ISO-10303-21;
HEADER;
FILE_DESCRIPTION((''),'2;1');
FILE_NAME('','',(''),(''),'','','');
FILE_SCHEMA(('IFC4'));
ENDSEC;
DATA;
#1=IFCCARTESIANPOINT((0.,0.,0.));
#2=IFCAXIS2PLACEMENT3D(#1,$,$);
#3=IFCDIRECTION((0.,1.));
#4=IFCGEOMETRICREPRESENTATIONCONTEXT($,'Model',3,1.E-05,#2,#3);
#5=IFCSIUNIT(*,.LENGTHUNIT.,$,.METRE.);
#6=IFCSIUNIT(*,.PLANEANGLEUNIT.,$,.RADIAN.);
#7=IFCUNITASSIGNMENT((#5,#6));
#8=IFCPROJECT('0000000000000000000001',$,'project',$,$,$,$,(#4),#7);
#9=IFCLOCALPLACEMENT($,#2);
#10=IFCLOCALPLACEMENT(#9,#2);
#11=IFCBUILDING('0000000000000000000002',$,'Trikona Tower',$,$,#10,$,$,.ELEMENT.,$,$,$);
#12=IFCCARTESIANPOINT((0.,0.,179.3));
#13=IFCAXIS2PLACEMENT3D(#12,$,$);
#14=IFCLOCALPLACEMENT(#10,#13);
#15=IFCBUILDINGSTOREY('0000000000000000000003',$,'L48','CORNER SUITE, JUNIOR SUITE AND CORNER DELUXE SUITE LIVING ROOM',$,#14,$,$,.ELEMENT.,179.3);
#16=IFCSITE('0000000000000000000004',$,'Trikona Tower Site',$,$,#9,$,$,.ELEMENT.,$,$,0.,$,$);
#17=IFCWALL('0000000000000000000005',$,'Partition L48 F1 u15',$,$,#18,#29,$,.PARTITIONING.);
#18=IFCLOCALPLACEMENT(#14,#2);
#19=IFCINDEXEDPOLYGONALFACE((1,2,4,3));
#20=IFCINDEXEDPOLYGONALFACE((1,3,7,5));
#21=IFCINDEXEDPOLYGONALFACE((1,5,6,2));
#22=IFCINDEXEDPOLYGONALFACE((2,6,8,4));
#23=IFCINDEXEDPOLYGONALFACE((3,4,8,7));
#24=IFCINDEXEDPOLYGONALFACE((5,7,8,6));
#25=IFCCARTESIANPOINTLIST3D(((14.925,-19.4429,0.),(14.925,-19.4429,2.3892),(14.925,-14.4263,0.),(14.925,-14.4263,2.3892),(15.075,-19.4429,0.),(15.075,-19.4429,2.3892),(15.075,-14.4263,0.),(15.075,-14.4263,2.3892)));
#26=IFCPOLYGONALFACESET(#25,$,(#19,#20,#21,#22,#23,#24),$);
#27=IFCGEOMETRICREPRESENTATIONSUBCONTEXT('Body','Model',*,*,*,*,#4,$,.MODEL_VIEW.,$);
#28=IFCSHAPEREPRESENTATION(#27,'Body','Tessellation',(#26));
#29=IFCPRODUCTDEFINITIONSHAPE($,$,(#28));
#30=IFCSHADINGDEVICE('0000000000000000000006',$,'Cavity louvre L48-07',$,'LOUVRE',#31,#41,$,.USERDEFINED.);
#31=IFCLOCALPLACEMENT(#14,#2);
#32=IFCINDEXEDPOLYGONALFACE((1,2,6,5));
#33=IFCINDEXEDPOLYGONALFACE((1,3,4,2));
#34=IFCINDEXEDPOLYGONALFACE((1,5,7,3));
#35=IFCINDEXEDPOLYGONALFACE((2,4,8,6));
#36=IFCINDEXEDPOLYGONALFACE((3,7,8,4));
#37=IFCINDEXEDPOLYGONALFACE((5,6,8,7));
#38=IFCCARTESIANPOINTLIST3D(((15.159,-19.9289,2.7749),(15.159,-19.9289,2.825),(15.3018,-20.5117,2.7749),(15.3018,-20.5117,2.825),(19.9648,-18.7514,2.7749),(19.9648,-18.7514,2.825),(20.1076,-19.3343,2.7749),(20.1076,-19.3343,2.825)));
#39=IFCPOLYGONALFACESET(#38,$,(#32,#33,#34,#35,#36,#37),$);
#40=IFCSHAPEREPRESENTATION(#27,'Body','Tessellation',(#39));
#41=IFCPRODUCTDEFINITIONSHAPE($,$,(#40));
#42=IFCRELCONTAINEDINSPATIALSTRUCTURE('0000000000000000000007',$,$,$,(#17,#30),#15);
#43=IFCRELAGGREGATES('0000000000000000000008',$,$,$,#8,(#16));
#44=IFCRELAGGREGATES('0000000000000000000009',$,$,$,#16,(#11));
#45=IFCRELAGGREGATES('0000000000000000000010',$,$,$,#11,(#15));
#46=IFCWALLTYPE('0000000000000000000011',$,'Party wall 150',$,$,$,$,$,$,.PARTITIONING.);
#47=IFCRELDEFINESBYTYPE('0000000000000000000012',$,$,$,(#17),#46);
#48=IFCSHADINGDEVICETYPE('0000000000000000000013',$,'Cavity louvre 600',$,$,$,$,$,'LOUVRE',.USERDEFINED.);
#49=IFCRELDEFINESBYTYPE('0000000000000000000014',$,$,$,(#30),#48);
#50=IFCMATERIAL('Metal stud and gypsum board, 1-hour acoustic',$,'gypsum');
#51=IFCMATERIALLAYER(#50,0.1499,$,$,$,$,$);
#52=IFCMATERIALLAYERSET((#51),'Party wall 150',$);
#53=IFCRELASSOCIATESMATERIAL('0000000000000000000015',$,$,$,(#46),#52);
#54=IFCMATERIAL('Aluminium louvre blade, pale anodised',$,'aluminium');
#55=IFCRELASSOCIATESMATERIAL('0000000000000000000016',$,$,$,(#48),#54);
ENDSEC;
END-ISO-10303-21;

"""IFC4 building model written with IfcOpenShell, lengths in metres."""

from ifc_helpers import new_model, si_unit, direction, frame, frame_2d, origin, origin_2d, place, context, subcontext, project, spatial, rectangle, extrude, material, layer, layer_set, type_object, element, save


model = new_model("IFC4")

# Units and contexts
model_context = context("Model", 3, precision=1e-05, world=origin(), true_north=direction((0.0, 1.0)))
body_context = subcontext(model_context, "Body", "Model", "MODEL_VIEW")
ifc_project = project(units=[si_unit("LENGTHUNIT", "METRE"), si_unit("PLANEANGLEUNIT", "RADIAN")], contexts=[model_context])

# Site, building, storey
site_placement = place(None, origin())
site = spatial("IfcSite", under=ifc_project, at=site_placement, Name="Trikona Tower Site", CompositionType="ELEMENT", RefElevation=0.0)
building_placement = place(site_placement, origin())
building = spatial("IfcBuilding", under=site, at=building_placement, Name="Trikona Tower", CompositionType="ELEMENT")
storey_placement = place(building_placement, frame((0.0, 0.0, 179.3)))
storey = spatial("IfcBuildingStorey", under=building, at=storey_placement, Name="L48", Description="CORNER SUITE, JUNIOR SUITE AND CORNER DELUXE SUITE LIVING ROOM", CompositionType="ELEMENT", Elevation=179.3)

# Wall
ifc_material_1 = material(Name="Metal stud and gypsum board, 1-hour acoustic", Category="gypsum")
ifc_layer_1 = layer(ifc_material_1, 0.1499)
ifc_layer_set_1 = layer_set([ifc_layer_1], Name="Party wall 150")
wall_type_1 = type_object("IfcWallType", Name="Party wall 150", PredefinedType="PARTITIONING", material=ifc_layer_set_1)
wall_1_placement = place(storey_placement, frame((15.0, -14.4263, 0.0), z_axis=(0.0, 0.0, 1.0), x_axis=(0.0, -1.0, 0.0)))
element("IfcWall", 1, at=wall_1_placement, inside=storey, type_object=wall_type_1, Name="Partition L48 F1 u15", PredefinedType="PARTITIONING", context=body_context, shape_type="SweptSolid", body=[
    extrude(rectangle(XDim=5.0166, YDim=0.1499, at=frame_2d((2.5083, 0.0))), origin(), (0.0, 0.0, 1.0), 2.3892),
])

# Shading device
ifc_material_2 = material(Name="Aluminium louvre blade, pale anodised", Category="aluminium")
shading_device_type = type_object("IfcShadingDeviceType", Name="Cavity louvre 600", ElementType="LOUVRE", PredefinedType="USERDEFINED", material=ifc_material_2)
shading_device_placement = place(storey_placement, frame((17.6333, -19.6316, 2.7749), z_axis=(0.0, 0.0, 1.0), x_axis=(0.971274, 0.237962, 0.0)))
element("IfcShadingDevice", 2, at=shading_device_placement, inside=storey, type_object=shading_device_type, Name="Cavity louvre L48-07", ObjectType="LOUVRE", PredefinedType="USERDEFINED", context=body_context, shape_type="SweptSolid", body=[
    extrude(rectangle(XDim=4.948, YDim=0.6001, at=origin_2d()), origin(), (0.0, 0.0, 1.0), 0.05),
])

save(model, "model.ifc")
